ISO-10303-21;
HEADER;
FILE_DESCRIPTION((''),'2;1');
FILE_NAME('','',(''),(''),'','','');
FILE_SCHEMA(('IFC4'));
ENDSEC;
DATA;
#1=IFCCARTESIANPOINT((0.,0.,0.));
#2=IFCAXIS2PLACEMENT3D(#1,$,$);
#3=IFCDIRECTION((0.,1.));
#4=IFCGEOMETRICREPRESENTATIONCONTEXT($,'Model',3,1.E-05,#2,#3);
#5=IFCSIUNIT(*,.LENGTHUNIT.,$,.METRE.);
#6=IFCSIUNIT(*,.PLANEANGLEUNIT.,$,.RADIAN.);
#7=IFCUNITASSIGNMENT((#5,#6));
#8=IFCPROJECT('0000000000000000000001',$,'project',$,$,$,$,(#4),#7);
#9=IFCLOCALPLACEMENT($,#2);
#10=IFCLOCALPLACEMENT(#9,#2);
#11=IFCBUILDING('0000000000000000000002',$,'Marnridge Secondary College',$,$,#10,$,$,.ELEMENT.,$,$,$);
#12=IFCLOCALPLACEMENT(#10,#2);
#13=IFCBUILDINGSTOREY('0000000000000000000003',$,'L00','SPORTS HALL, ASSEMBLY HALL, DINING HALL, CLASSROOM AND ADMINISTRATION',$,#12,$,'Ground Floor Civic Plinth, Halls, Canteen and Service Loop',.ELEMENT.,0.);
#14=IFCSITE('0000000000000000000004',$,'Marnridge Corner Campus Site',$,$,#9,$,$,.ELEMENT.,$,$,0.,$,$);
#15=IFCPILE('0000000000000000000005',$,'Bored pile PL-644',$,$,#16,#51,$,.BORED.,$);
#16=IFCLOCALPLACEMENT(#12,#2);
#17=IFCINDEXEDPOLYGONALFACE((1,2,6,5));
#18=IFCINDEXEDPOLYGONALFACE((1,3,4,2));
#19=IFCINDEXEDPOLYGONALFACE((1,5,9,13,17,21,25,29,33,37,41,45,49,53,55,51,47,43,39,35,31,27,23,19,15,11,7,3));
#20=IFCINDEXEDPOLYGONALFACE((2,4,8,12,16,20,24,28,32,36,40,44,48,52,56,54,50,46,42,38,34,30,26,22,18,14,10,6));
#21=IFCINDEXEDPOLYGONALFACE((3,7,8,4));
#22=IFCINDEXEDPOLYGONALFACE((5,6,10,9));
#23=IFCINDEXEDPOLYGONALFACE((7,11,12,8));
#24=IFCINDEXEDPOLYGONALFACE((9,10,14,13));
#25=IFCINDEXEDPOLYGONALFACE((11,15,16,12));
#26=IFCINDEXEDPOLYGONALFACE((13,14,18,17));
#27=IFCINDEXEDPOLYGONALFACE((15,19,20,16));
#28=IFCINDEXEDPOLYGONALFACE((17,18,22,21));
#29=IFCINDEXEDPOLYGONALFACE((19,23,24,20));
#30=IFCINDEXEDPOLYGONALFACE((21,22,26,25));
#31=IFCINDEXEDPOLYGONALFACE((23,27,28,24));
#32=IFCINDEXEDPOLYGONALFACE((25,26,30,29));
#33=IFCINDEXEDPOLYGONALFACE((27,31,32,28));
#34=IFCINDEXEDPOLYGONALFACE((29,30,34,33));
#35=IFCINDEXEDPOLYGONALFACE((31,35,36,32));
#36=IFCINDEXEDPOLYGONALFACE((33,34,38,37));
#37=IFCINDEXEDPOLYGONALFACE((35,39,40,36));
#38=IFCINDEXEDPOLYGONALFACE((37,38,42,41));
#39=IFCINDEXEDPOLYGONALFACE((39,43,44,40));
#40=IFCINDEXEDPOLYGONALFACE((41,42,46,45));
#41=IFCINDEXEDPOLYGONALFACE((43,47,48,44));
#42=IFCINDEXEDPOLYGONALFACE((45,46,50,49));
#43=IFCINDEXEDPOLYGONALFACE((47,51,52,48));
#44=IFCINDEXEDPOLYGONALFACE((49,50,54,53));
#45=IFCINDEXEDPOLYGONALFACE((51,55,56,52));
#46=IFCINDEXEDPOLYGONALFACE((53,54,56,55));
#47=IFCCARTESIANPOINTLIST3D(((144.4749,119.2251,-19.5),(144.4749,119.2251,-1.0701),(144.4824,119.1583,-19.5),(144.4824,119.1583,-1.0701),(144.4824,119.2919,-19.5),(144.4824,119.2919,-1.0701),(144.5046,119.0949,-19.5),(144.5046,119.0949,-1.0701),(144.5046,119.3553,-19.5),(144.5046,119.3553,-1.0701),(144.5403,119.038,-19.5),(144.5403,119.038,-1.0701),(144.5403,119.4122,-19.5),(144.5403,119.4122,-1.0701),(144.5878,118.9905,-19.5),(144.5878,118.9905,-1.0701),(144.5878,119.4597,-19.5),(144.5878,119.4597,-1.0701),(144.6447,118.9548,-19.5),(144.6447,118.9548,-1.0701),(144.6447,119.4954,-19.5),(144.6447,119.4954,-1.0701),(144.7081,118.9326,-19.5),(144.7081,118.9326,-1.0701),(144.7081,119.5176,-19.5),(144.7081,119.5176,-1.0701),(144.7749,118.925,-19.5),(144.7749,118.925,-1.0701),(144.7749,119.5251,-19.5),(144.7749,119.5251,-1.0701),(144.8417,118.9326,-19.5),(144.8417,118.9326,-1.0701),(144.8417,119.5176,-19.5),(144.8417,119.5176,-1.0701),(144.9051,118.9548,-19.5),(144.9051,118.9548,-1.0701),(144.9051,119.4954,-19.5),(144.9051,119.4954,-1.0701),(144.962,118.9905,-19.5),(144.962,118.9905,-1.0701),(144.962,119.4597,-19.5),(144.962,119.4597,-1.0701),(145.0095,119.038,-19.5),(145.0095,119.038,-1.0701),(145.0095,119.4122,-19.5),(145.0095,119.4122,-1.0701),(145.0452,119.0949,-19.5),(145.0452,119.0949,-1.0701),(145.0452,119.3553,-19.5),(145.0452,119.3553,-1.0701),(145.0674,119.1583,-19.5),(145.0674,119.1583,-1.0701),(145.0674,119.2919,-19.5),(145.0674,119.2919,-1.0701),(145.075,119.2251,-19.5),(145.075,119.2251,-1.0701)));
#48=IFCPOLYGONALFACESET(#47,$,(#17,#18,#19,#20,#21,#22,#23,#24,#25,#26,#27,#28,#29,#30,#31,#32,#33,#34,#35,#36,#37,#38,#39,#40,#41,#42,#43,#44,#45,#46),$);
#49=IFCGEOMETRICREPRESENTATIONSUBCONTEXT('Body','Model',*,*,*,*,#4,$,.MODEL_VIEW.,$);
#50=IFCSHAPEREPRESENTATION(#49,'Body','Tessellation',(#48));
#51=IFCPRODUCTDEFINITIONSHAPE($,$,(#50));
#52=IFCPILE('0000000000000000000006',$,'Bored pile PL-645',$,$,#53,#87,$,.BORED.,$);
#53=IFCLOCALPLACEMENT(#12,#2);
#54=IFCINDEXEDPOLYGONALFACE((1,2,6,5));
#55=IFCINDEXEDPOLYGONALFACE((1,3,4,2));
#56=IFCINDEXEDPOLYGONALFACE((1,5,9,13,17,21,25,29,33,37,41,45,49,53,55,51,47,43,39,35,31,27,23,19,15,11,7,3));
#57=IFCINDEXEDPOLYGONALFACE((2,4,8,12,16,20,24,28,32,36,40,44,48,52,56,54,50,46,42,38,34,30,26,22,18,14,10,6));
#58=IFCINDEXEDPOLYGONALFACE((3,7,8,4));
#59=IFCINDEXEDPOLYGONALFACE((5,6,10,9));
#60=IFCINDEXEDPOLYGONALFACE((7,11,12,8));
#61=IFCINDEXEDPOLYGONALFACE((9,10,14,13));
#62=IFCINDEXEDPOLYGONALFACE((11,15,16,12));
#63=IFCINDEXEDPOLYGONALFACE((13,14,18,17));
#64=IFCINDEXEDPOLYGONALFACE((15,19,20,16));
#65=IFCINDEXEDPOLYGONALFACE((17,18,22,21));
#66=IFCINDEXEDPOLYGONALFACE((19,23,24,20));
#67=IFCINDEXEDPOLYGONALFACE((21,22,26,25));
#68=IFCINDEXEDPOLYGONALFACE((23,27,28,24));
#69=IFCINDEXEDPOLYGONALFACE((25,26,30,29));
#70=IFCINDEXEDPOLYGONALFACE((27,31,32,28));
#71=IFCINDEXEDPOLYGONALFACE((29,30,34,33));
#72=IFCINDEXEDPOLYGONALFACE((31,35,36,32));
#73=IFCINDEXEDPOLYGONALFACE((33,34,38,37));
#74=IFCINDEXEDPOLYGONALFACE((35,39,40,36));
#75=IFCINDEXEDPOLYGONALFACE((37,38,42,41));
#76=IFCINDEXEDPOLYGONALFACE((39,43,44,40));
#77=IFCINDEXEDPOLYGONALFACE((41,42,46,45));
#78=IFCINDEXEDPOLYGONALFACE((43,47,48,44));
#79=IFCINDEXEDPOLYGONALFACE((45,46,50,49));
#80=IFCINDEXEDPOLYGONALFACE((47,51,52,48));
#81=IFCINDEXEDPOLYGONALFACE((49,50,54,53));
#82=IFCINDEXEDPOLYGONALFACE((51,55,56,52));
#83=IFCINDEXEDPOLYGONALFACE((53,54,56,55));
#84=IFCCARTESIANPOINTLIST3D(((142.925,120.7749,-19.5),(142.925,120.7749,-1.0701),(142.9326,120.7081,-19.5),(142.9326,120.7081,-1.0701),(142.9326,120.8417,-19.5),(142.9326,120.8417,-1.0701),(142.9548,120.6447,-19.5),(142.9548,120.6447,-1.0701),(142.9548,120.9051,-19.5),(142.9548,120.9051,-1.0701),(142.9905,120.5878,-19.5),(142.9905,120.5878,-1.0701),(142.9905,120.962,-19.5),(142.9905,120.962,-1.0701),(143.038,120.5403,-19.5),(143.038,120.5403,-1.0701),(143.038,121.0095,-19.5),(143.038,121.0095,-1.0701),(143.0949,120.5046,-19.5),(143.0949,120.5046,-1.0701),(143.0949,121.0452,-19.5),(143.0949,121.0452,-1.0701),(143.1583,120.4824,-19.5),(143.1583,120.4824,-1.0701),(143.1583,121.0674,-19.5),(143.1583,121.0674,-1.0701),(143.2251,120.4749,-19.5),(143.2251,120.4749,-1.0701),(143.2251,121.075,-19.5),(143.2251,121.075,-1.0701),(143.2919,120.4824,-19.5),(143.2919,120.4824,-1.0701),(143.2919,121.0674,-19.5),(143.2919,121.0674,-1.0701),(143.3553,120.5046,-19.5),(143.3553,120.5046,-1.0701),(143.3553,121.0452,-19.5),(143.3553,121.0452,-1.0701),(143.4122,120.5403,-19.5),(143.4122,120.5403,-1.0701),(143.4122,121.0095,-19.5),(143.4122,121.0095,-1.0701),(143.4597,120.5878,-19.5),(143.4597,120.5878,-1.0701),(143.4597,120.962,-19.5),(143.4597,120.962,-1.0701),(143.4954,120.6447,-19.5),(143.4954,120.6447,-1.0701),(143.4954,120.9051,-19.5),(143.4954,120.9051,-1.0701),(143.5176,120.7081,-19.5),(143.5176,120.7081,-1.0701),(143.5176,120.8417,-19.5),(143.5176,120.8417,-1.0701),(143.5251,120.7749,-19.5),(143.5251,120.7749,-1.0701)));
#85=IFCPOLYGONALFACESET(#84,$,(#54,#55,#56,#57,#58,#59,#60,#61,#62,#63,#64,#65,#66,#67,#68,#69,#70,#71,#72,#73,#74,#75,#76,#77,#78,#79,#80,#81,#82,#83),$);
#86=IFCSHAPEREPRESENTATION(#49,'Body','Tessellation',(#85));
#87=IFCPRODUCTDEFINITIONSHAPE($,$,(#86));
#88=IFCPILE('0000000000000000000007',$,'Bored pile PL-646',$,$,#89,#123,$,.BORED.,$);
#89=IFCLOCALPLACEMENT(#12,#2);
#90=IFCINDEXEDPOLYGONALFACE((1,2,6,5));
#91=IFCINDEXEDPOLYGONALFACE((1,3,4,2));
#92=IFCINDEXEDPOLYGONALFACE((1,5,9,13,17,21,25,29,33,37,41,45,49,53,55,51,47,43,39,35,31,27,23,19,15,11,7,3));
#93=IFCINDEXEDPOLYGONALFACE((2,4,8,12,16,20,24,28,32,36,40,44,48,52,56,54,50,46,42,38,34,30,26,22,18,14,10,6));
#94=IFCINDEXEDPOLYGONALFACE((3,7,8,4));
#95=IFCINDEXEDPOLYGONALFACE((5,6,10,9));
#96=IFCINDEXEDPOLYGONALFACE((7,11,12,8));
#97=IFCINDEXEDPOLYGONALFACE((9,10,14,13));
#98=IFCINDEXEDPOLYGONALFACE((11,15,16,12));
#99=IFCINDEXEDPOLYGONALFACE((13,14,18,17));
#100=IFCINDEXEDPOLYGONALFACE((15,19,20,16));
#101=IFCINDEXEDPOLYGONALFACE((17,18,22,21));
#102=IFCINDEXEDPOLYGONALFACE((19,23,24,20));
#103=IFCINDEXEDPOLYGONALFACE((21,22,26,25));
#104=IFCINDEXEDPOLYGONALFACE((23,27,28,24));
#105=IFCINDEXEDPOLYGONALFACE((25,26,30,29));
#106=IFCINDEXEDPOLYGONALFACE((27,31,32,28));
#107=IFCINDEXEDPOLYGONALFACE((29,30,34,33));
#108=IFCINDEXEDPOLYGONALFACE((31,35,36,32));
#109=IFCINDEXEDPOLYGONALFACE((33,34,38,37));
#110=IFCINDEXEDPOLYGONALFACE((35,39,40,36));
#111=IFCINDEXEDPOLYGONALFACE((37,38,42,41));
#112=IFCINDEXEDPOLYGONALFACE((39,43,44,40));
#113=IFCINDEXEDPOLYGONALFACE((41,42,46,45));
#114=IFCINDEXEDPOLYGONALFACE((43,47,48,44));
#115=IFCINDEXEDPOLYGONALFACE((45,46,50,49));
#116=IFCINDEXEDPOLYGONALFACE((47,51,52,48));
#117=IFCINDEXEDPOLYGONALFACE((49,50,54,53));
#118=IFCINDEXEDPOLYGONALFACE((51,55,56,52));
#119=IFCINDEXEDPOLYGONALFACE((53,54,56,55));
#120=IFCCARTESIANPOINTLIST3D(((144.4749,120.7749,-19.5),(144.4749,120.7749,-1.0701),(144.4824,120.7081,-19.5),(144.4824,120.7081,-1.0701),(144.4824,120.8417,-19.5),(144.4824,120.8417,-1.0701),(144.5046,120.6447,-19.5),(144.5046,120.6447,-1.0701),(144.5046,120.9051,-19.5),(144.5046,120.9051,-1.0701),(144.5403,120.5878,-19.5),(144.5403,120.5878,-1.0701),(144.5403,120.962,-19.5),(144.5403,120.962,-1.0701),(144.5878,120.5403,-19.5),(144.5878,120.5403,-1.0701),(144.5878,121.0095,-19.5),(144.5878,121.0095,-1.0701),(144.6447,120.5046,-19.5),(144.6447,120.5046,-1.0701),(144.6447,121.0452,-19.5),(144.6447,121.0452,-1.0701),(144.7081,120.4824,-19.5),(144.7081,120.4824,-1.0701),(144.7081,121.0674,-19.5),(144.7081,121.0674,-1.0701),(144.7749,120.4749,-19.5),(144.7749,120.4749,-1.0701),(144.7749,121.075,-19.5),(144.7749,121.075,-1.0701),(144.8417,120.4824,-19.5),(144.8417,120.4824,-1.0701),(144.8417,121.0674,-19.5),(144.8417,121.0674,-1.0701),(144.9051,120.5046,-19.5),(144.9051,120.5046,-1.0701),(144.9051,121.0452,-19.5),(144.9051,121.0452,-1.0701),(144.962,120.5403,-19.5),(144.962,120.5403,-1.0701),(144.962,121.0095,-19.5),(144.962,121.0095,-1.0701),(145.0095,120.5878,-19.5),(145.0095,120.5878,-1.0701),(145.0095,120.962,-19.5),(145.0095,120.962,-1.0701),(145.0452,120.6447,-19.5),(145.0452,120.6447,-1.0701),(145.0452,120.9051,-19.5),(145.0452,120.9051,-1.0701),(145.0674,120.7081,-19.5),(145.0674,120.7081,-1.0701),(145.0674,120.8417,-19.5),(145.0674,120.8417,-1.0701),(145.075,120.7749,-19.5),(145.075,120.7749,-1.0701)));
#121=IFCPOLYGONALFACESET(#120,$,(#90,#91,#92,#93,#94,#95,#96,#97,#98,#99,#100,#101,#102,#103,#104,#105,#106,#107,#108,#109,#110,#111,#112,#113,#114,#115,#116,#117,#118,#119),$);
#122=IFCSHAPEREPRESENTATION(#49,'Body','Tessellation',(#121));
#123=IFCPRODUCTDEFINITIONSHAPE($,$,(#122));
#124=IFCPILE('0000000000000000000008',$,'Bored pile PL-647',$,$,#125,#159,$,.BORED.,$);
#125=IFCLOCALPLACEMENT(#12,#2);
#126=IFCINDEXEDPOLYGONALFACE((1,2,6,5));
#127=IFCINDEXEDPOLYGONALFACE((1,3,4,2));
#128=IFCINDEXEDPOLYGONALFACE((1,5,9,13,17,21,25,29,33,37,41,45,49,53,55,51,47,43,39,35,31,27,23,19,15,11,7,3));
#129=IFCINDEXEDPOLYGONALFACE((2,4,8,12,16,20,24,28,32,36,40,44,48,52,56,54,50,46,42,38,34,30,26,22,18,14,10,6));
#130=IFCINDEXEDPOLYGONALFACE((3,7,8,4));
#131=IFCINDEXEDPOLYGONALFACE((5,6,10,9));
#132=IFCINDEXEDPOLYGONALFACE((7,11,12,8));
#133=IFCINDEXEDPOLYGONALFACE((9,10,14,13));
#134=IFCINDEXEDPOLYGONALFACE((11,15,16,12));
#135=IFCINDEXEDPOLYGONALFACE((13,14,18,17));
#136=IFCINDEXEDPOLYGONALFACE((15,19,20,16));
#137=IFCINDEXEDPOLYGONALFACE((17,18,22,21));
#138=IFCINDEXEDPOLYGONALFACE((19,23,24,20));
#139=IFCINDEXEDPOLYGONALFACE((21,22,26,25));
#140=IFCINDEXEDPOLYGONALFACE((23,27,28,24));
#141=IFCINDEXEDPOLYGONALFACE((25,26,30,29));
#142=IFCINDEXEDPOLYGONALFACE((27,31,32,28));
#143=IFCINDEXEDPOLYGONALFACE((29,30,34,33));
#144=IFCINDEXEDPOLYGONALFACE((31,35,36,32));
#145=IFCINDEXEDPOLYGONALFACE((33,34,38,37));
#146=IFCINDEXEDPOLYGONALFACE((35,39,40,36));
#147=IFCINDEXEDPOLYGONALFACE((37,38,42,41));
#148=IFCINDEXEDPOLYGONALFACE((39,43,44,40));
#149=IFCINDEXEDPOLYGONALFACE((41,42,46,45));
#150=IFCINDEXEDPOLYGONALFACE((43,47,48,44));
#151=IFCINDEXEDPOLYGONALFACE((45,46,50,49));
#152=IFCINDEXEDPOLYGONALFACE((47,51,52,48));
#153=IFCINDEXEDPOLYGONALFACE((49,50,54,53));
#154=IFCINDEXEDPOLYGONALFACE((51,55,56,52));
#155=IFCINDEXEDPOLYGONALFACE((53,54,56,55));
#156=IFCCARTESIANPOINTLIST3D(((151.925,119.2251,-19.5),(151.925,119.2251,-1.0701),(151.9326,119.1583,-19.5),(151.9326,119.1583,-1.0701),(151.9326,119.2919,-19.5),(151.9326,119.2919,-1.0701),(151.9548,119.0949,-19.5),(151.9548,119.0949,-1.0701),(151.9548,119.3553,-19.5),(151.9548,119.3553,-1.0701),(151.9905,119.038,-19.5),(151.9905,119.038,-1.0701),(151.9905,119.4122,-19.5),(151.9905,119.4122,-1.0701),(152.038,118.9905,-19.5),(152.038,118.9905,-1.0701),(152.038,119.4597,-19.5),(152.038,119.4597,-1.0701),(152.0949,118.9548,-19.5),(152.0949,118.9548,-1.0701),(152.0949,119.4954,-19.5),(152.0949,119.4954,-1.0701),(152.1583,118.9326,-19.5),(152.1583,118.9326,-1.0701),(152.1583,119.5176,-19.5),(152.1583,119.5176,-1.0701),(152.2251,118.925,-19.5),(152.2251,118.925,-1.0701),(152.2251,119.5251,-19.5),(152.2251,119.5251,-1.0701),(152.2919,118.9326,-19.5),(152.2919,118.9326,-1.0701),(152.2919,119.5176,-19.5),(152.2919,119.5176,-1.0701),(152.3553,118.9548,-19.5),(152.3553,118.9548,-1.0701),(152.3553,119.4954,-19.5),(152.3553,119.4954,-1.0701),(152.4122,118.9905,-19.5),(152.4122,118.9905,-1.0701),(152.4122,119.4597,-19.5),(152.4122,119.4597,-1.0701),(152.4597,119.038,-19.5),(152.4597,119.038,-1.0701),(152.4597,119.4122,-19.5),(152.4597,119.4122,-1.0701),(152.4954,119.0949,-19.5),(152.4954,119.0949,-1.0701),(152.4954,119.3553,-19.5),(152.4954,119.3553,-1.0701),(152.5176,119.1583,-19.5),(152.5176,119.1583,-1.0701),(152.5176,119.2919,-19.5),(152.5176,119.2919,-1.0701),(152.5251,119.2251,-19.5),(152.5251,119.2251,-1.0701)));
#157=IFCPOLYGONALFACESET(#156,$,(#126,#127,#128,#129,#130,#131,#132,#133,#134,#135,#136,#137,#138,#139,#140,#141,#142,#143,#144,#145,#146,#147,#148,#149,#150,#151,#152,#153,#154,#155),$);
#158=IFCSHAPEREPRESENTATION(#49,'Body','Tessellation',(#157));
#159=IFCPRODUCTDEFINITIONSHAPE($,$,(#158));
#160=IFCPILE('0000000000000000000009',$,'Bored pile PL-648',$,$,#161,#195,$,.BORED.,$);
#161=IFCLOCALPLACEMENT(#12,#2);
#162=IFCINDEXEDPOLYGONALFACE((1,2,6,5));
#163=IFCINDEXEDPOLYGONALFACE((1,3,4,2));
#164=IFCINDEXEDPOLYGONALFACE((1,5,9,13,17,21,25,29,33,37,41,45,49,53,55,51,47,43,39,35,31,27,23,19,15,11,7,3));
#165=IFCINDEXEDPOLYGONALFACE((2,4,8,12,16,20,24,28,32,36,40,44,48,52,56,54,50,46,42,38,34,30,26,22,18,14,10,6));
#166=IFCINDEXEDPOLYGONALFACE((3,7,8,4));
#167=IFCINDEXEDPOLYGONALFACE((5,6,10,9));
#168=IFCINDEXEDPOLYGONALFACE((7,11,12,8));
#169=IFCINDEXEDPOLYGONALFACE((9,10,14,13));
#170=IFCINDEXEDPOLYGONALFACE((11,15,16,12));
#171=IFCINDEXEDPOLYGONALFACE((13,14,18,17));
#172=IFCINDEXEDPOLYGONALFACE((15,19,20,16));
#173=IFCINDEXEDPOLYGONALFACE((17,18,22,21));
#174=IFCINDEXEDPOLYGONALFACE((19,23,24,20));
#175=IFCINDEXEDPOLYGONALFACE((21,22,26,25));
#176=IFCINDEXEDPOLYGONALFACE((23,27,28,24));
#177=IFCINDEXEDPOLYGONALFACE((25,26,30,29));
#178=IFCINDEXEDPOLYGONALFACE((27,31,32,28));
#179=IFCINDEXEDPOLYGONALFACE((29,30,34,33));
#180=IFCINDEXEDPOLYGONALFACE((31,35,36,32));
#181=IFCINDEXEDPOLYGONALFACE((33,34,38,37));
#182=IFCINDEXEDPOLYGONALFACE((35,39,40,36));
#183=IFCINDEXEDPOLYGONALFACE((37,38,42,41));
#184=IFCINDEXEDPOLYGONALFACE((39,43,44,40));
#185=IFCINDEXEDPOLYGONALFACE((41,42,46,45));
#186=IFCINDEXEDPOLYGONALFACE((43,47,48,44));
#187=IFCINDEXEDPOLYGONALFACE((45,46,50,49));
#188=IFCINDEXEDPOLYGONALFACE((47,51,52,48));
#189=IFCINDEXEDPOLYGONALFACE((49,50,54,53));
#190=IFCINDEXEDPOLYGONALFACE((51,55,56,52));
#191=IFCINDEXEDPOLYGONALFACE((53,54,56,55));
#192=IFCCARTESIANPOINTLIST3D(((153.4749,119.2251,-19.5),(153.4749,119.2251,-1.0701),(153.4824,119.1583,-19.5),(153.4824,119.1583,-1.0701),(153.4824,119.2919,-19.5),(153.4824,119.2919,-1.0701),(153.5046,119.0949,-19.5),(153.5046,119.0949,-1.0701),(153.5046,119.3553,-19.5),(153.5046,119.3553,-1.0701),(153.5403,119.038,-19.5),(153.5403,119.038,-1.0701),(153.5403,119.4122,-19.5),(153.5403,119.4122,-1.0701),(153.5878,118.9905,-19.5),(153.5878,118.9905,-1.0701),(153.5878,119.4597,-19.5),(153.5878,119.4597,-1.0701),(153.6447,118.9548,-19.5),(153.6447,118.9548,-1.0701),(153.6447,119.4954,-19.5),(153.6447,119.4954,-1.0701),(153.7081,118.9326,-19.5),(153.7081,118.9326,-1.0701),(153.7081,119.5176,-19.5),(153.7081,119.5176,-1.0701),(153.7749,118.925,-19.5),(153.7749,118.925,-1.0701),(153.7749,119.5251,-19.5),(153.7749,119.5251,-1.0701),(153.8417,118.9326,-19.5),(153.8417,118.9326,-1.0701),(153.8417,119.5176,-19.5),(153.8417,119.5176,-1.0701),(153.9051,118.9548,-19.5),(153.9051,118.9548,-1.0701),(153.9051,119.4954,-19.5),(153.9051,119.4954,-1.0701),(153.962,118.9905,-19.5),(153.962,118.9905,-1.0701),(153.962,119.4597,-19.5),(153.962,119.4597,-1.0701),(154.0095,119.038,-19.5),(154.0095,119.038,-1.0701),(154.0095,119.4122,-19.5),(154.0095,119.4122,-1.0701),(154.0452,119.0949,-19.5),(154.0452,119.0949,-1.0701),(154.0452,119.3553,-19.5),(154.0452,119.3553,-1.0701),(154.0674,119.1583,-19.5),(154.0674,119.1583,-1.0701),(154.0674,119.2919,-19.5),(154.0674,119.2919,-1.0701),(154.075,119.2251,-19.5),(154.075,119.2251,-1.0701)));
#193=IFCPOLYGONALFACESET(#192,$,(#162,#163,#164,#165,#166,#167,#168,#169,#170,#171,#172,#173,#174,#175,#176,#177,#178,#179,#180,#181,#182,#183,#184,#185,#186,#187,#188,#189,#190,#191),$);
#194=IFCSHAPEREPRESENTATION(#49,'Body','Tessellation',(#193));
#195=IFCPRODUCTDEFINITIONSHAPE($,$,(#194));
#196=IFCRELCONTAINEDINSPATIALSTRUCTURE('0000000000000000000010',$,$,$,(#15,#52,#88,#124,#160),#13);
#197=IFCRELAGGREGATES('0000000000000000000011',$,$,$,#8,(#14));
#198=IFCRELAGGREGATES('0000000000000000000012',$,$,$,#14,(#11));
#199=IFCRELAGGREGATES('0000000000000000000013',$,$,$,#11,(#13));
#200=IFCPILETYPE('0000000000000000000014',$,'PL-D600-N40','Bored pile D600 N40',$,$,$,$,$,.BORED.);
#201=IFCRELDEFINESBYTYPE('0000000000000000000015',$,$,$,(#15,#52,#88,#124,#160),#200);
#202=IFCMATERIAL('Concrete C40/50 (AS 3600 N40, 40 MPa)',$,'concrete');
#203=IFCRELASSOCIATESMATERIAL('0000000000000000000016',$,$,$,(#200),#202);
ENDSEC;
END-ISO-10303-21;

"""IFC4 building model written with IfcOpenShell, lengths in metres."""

from ifc_helpers import new_model, si_unit, direction, frame, origin, origin_2d, place, context, subcontext, project, spatial, circle, extrude, material, material_profile, profile_set, type_object, element, save


model = new_model("IFC4")

# Units and contexts
model_context = context("Model", 3, precision=1e-05, world=origin(), true_north=direction((0.0, 1.0)))
body_context = subcontext(model_context, "Body", "Model", "MODEL_VIEW")
ifc_project = project(units=[si_unit("LENGTHUNIT", "METRE"), si_unit("PLANEANGLEUNIT", "RADIAN")], contexts=[model_context])

# Site, building, storey
site_placement = place(None, origin())
site = spatial("IfcSite", under=ifc_project, at=site_placement, Name="Marnridge Corner Campus Site", CompositionType="ELEMENT", RefElevation=0.0)
building_placement = place(site_placement, origin())
building = spatial("IfcBuilding", under=site, at=building_placement, Name="Marnridge Secondary College", CompositionType="ELEMENT")
storey_placement = place(building_placement, origin())
storey = spatial("IfcBuildingStorey", under=building, at=storey_placement, Name="L00", Description="SPORTS HALL, ASSEMBLY HALL, DINING HALL, CLASSROOM AND ADMINISTRATION", LongName="Ground Floor Civic Plinth, Halls, Canteen and Service Loop", CompositionType="ELEMENT", Elevation=0.0)

# Piles
ifc_material_1 = material(Name="Concrete C40/50 (AS 3600 N40, 40 MPa)", Category="concrete")
ifc_material_profile_1 = material_profile(ifc_material_1, circle(Radius=0.3, at=origin_2d()), Name="PILE D600")
ifc_profile_set_1 = profile_set([ifc_material_profile_1], Name="Concrete C40/50 (AS 3600 N40, 40 MPa)")
pile_type = type_object("IfcPileType", Name="PL-D600-N40", Description="Bored pile D600 N40", PredefinedType="BORED", material=ifc_profile_set_1)
for number, where, z_axis, x_axis, name in (
    (1, (144.7749, 119.2251, -1.0701), (0.0, 0.0, -1.0), (1.0, 0.0, 0.0), "Bored pile PL-644"),
    (2, (143.2251, 120.7749, -1.0701), (0.0, 0.0, -1.0), (1.0, 0.0, 0.0), "Bored pile PL-645"),
    (3, (144.7749, 120.7749, -1.0701), (0.0, 0.0, -1.0), (1.0, 0.0, 0.0), "Bored pile PL-646"),
    (4, (152.2251, 119.2251, -1.0701), (0.0, 0.0, -1.0), (1.0, 0.0, 0.0), "Bored pile PL-647"),
    (5, (153.7749, 119.2251, -1.0701), (0.0, 0.0, -1.0), (1.0, 0.0, 0.0), "Bored pile PL-648"),
):
    element("IfcPile", number, at=place(storey_placement, frame(where, z_axis=z_axis, x_axis=x_axis)), inside=storey, type_object=pile_type, Name=name, PredefinedType="BORED", context=body_context, shape_type="SweptSolid", body=[
        extrude(circle(Radius=0.3, at=origin_2d()), origin(), (0.0, 0.0, 1.0), 18.4299),
    ])

save(model, "model.ifc")
